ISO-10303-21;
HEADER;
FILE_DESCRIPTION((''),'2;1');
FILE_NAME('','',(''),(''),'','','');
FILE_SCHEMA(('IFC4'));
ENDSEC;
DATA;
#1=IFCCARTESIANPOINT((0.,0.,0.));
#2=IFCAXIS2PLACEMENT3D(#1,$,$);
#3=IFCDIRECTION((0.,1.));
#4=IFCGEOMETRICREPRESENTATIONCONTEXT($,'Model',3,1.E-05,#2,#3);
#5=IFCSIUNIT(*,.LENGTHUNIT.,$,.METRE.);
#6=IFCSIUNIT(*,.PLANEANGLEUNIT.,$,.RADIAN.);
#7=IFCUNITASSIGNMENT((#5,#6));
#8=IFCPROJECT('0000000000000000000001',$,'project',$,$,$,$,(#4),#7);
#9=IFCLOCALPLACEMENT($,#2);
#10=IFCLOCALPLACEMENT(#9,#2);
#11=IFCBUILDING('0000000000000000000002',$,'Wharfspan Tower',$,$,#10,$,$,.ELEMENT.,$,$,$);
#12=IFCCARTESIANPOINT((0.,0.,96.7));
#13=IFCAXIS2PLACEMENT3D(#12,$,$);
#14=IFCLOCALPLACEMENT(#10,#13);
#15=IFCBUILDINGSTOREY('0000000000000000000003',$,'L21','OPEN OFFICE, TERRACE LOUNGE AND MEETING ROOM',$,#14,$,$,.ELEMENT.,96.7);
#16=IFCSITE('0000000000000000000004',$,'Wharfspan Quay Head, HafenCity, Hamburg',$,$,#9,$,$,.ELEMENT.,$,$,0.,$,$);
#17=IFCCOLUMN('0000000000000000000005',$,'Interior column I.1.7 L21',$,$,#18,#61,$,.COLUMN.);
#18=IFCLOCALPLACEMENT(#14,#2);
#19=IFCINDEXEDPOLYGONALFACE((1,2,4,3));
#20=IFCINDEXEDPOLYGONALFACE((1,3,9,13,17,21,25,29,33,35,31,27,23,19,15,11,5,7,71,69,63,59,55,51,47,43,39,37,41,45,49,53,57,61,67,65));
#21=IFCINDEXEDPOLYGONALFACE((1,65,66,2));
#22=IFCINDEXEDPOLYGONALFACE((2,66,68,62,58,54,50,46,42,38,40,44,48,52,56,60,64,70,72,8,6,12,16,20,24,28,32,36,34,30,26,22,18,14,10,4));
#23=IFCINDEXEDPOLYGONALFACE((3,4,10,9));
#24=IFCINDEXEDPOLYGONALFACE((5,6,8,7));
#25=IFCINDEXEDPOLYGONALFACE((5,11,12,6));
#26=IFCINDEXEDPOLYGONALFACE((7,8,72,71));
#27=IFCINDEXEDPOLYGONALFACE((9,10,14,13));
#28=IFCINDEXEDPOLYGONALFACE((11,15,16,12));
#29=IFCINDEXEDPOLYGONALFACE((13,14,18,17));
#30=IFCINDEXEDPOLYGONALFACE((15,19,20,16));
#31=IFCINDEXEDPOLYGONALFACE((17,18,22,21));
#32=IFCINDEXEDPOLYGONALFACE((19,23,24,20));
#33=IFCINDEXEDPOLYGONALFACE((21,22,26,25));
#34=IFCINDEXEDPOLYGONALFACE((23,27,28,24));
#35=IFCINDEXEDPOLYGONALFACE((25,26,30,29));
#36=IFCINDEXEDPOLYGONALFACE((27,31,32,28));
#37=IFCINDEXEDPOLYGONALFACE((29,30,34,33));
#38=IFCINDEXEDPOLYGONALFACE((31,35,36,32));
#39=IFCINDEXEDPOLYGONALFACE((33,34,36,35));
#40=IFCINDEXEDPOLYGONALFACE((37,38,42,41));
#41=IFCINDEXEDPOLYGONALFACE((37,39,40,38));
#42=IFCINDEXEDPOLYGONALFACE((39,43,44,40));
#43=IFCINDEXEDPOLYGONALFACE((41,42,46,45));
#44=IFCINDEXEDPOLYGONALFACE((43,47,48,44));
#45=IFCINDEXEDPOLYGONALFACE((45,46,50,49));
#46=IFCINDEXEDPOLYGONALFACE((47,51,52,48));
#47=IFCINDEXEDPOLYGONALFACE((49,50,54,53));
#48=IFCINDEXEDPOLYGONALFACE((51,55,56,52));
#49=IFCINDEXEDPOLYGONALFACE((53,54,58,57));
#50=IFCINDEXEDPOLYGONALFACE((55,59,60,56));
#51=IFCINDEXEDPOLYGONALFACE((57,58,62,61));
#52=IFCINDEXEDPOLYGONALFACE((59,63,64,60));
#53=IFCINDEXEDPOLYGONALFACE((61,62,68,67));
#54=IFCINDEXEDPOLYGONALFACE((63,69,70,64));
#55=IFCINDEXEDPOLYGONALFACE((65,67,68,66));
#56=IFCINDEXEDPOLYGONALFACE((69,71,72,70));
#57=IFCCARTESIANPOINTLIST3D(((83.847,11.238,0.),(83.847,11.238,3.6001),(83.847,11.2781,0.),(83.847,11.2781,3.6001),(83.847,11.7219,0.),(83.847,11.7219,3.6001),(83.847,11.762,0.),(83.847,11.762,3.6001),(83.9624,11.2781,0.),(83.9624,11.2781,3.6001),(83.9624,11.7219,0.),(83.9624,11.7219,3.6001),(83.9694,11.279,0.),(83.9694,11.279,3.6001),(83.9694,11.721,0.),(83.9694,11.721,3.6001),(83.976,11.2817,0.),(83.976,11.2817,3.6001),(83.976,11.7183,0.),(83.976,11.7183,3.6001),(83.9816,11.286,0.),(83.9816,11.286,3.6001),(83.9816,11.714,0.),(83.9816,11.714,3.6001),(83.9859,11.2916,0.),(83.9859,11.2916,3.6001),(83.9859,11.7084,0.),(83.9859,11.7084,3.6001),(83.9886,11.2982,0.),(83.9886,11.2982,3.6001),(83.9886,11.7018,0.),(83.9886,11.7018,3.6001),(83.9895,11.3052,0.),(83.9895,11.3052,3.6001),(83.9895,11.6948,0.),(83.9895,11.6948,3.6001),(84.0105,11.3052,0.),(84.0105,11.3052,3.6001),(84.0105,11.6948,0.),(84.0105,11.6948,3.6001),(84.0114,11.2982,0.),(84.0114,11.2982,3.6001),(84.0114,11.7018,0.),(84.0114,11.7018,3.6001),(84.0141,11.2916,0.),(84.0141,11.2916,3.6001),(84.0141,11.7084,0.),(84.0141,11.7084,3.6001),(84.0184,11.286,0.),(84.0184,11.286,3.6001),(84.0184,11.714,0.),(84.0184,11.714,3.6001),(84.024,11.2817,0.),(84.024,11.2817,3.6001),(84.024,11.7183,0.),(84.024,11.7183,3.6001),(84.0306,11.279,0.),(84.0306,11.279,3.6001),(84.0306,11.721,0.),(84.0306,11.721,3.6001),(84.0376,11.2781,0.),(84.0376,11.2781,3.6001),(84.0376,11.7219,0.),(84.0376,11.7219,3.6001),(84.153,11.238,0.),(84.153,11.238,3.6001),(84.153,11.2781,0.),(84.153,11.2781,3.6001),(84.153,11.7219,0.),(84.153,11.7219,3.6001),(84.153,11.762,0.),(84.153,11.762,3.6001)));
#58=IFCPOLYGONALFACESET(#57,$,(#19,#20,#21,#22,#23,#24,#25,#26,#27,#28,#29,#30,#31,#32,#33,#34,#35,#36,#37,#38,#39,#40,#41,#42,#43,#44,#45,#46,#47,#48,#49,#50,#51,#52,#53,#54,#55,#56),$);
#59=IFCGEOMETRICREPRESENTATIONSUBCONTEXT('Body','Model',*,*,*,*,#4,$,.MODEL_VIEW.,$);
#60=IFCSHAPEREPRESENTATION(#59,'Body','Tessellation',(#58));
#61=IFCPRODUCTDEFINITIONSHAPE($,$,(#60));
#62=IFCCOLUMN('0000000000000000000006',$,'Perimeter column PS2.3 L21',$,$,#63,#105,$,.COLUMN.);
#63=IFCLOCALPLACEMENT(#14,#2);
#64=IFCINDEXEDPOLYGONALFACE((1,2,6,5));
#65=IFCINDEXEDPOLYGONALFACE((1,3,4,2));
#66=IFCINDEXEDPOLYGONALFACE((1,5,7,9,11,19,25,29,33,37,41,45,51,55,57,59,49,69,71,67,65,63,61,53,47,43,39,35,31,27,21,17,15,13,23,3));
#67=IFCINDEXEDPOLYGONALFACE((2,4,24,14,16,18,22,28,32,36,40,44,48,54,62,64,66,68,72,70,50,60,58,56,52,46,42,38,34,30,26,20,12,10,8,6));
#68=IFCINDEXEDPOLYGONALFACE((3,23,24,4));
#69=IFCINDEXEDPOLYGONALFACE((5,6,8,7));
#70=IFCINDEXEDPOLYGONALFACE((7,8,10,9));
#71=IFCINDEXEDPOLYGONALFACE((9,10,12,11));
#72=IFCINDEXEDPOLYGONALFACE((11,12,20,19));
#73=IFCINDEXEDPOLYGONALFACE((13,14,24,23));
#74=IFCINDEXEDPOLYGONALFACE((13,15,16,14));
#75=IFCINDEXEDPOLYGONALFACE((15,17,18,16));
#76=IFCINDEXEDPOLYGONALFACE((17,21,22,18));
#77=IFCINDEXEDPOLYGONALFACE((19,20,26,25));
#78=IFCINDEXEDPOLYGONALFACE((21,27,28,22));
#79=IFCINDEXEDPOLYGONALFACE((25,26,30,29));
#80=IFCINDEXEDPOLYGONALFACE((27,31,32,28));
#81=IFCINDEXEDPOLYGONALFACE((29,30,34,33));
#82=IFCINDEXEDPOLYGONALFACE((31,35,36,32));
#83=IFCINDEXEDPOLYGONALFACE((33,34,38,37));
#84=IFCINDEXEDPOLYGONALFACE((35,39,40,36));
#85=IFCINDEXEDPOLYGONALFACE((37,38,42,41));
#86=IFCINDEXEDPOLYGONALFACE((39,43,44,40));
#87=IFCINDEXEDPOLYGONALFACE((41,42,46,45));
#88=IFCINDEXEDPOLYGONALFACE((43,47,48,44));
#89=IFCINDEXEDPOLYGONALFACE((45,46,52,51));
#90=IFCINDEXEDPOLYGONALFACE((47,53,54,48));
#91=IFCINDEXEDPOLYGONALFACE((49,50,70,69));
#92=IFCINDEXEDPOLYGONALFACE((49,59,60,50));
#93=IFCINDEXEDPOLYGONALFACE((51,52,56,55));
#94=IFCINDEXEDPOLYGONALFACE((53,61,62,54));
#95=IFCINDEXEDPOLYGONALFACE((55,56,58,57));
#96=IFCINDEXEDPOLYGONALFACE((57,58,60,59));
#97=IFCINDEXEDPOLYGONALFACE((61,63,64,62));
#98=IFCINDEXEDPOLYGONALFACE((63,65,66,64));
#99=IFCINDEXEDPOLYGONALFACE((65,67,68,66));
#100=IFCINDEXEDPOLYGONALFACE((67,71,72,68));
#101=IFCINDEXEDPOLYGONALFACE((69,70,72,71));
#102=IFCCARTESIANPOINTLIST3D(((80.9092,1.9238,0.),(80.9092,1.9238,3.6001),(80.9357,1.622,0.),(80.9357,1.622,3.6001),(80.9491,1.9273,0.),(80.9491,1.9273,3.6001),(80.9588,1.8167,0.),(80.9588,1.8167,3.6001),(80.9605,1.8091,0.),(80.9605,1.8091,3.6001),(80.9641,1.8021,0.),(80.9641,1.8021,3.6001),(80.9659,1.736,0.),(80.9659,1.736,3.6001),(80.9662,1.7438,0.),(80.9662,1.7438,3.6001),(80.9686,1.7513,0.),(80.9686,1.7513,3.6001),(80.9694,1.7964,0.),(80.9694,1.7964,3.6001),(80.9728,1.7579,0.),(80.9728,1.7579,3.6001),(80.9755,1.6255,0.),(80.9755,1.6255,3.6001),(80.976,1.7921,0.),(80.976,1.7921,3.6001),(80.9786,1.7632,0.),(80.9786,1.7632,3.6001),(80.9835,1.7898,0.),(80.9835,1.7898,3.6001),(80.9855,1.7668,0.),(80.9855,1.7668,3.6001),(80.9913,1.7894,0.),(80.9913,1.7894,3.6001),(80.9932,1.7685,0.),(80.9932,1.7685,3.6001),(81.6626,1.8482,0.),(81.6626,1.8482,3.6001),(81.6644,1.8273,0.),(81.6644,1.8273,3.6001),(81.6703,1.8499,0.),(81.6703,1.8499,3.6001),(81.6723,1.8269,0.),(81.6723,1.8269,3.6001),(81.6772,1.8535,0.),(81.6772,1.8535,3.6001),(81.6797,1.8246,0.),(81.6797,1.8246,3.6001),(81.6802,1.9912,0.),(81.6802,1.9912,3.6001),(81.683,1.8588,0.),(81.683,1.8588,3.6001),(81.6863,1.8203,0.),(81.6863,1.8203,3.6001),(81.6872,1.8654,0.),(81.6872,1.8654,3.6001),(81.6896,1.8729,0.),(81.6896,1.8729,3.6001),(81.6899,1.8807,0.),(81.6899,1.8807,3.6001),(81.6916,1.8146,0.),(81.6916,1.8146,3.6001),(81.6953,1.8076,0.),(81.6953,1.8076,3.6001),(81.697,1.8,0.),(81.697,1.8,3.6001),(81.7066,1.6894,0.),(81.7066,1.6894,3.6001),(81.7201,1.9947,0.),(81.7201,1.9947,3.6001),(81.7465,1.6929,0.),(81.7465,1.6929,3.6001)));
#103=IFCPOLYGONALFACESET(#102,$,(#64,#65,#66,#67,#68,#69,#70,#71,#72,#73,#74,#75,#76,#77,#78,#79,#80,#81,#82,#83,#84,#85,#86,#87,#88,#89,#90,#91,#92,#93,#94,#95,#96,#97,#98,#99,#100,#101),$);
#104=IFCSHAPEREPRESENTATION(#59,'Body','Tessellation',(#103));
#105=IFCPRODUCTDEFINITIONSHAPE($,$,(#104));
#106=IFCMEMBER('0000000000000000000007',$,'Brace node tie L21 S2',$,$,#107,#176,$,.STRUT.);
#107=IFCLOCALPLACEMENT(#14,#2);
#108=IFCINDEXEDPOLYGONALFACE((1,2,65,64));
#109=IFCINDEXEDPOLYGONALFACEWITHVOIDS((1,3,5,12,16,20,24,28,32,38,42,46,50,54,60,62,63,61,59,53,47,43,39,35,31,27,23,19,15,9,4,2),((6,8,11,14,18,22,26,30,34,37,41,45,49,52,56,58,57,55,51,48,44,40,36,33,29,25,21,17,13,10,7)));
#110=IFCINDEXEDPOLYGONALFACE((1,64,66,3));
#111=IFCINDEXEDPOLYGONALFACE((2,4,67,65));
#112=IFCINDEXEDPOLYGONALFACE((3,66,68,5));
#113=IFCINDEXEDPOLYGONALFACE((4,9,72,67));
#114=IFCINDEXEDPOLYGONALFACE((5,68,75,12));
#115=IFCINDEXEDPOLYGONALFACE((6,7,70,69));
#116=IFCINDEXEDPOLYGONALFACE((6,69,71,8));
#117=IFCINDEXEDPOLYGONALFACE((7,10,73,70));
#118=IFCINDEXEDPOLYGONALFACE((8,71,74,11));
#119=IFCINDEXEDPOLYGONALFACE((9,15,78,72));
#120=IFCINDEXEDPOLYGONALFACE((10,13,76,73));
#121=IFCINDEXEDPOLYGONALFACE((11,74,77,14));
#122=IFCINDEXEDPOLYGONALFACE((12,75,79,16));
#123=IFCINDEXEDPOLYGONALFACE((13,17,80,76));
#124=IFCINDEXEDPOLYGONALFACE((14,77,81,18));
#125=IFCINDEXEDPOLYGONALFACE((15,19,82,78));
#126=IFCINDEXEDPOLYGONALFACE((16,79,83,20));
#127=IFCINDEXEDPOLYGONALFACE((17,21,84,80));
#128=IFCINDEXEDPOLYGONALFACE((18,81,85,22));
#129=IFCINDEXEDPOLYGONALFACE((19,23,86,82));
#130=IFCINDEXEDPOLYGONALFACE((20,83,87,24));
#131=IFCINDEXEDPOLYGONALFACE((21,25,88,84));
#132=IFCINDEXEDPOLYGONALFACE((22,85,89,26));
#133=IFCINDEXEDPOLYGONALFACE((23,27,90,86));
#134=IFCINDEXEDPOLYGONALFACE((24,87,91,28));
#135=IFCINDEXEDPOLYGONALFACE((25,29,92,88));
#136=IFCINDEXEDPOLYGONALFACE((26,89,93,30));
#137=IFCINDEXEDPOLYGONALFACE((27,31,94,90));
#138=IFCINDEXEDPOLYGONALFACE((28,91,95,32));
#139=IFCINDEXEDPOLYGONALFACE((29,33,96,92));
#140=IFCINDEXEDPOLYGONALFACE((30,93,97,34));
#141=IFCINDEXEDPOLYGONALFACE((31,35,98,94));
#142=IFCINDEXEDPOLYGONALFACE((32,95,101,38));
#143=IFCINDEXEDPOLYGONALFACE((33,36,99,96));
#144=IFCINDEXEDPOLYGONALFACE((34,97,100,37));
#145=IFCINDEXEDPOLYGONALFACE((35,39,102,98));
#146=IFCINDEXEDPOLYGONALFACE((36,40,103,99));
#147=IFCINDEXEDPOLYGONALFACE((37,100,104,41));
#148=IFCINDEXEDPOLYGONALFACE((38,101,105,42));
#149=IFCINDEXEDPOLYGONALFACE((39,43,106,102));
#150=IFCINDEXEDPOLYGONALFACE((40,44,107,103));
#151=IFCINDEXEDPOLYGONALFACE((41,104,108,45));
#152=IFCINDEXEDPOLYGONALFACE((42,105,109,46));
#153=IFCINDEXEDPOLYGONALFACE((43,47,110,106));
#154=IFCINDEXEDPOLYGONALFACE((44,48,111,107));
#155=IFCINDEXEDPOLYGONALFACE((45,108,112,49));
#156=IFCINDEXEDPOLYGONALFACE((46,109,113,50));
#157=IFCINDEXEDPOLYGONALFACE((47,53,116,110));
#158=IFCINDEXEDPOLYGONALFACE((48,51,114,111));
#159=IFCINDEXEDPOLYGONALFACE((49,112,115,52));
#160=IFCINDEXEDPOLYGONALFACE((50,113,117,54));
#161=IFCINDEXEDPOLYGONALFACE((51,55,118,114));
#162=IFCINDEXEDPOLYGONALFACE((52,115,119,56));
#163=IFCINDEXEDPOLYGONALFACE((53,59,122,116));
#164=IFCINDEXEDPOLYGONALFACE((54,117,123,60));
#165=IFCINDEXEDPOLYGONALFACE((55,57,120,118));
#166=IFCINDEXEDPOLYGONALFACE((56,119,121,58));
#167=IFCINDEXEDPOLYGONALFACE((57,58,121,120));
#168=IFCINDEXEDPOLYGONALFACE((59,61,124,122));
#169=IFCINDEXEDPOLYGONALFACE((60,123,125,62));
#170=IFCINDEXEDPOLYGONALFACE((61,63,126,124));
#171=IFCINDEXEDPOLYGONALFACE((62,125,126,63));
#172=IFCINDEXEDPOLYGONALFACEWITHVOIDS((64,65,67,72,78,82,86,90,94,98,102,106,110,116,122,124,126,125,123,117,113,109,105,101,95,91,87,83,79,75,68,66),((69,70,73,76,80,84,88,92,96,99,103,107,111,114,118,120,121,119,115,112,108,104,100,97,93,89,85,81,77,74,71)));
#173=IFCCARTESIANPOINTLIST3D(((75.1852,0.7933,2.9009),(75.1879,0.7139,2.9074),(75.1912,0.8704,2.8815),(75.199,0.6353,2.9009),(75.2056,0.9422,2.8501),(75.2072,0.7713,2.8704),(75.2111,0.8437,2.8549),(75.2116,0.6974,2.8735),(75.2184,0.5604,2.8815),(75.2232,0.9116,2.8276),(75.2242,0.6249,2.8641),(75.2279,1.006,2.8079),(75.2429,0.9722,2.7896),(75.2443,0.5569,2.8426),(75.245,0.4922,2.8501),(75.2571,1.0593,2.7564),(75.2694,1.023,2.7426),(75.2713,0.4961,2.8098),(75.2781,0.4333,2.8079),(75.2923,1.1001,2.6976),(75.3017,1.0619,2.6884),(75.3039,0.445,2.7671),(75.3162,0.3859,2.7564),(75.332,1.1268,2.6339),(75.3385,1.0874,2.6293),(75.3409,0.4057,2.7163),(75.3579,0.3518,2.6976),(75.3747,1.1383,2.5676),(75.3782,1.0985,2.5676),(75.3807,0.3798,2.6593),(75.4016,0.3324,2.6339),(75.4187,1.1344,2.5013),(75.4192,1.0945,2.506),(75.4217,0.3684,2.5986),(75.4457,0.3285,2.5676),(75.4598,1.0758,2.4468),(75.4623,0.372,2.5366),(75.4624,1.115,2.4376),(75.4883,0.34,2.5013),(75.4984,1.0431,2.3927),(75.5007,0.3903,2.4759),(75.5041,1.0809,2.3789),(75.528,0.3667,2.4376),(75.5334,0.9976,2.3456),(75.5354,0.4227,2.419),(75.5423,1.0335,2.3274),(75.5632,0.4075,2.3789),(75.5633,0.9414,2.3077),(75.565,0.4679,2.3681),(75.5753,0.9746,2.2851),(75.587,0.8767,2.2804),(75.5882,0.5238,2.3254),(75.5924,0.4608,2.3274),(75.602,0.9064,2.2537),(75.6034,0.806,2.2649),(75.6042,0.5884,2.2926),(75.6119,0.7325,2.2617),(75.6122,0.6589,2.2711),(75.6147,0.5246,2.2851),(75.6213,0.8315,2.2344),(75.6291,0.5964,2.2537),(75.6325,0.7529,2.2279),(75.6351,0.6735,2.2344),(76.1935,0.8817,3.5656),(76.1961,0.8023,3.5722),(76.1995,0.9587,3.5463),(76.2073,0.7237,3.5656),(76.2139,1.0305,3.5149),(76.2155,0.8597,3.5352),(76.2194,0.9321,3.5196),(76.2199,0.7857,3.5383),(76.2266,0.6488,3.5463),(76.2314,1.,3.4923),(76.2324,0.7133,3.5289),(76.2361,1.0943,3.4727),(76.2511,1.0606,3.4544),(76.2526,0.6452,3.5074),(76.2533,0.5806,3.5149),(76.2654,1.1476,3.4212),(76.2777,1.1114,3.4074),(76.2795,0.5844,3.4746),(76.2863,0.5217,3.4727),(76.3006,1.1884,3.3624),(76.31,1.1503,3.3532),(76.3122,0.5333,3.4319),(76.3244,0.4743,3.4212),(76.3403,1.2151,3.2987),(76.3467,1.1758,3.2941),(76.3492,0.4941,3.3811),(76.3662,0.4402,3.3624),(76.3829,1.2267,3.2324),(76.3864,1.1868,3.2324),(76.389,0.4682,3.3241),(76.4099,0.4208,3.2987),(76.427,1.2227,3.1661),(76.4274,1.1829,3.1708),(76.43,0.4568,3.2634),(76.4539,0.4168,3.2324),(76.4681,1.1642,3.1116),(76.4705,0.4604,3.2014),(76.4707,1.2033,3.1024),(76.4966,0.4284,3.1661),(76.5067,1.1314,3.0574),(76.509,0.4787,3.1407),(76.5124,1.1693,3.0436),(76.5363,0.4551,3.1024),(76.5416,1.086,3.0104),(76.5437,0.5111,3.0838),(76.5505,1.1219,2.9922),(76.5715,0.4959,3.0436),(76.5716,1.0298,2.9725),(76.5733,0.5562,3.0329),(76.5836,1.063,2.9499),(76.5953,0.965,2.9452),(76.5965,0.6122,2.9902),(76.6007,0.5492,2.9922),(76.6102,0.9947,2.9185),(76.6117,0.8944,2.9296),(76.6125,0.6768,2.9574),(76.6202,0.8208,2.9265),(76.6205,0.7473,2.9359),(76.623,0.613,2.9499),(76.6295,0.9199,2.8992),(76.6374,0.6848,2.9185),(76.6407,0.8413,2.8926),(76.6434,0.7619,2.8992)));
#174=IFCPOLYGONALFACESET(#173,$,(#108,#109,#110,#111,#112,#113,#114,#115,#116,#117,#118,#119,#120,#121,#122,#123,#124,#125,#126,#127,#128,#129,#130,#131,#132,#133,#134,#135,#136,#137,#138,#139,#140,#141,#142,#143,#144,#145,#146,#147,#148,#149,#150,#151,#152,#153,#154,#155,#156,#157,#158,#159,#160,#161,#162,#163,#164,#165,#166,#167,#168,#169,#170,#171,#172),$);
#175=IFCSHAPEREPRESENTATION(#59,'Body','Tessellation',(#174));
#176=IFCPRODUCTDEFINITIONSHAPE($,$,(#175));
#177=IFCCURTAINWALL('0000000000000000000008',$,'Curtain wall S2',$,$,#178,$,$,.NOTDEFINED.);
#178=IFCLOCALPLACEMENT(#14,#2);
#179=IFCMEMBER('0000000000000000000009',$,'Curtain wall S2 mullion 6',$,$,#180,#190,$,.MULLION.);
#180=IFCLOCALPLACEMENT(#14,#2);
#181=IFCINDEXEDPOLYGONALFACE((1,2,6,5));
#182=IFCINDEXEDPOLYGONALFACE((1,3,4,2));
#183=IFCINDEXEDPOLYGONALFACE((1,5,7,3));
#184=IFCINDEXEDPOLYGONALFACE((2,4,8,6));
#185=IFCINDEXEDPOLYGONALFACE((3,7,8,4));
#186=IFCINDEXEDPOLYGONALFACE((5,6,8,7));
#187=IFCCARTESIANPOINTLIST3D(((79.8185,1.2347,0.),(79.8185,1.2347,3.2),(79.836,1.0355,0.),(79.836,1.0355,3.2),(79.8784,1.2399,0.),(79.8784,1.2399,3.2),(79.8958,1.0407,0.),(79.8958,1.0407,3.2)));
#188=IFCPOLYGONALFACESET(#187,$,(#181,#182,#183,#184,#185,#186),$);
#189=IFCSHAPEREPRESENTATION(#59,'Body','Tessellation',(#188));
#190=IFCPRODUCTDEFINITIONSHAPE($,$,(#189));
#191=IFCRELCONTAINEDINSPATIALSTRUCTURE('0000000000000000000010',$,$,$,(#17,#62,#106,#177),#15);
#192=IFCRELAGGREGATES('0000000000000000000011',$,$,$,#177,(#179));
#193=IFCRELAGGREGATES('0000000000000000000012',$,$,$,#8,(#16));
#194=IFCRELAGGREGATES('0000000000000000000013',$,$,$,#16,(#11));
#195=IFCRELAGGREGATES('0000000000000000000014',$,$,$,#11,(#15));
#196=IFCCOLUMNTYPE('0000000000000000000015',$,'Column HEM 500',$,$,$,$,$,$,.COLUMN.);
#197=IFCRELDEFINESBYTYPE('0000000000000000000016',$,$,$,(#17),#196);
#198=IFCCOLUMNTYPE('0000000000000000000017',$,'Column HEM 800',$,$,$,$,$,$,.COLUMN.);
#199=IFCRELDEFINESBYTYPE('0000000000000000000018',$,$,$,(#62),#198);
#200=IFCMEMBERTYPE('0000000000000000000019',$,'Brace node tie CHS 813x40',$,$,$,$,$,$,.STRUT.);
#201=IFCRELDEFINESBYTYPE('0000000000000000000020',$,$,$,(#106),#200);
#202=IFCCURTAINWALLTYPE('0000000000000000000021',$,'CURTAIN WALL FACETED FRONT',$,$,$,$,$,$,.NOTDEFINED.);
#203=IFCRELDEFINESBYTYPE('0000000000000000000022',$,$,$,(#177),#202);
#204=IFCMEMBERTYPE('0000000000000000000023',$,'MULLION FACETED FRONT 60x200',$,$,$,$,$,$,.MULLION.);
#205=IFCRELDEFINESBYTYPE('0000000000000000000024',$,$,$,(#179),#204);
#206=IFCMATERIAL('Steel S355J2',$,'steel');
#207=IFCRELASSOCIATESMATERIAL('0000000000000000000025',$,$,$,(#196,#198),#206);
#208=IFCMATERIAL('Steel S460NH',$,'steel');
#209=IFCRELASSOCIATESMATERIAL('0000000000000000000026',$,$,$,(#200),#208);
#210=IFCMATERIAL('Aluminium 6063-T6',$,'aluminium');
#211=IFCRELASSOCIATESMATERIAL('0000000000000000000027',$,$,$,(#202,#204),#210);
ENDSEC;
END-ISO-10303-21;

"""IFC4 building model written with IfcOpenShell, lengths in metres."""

from ifc_helpers import new_model, si_unit, direction, frame, origin, origin_2d, place, context, subcontext, project, spatial, rectangle, hollow_circle, i_section, extrude, material, material_profile, profile_set, type_object, element, aggregate, save


model = new_model("IFC4")

# Units and contexts
model_context = context("Model", 3, precision=1e-05, world=origin(), true_north=direction((0.0, 1.0)))
body_context = subcontext(model_context, "Body", "Model", "MODEL_VIEW")
ifc_project = project(units=[si_unit("LENGTHUNIT", "METRE"), si_unit("PLANEANGLEUNIT", "RADIAN")], contexts=[model_context])

# Site, building, storey
site_placement = place(None, origin())
site = spatial("IfcSite", under=ifc_project, at=site_placement, Name="Wharfspan Quay Head, HafenCity, Hamburg", CompositionType="ELEMENT", RefElevation=0.0)
building_placement = place(site_placement, origin())
building = spatial("IfcBuilding", under=site, at=building_placement, Name="Wharfspan Tower", CompositionType="ELEMENT")
storey_placement = place(building_placement, frame((0.0, 0.0, 96.7)))
storey = spatial("IfcBuildingStorey", under=building, at=storey_placement, Name="L21", Description="OPEN OFFICE, TERRACE LOUNGE AND MEETING ROOM", CompositionType="ELEMENT", Elevation=96.7)

# Columns
ifc_material_1 = material(Name="Steel S355J2", Category="steel")
ifc_material_profile_1 = material_profile(ifc_material_1, i_section(OverallWidth=0.3059, OverallDepth=0.5239, WebThickness=0.021, FlangeThickness=0.04, FilletRadius=0.0271, at=origin_2d()))
ifc_profile_set_1 = profile_set([ifc_material_profile_1], Name="Steel S355J2")
column_type_1 = type_object("IfcColumnType", Name="Column HEM 500", PredefinedType="COLUMN", material=ifc_profile_set_1)
column_1_placement = place(storey_placement, frame((84.0, 11.5, 0.0), z_axis=(0.0, 0.0, 1.0), x_axis=(1.0, 0.0, 0.0)))
element("IfcColumn", 1, at=column_1_placement, inside=storey, type_object=column_type_1, Name="Interior column I.1.7 L21", PredefinedType="COLUMN", context=body_context, shape_type="SweptSolid", body=[
    extrude(i_section(OverallWidth=0.3059, OverallDepth=0.5239, WebThickness=0.021, FlangeThickness=0.04, FilletRadius=0.0271, at=origin_2d()), origin(), (0.0, 0.0, 1.0), 3.6001),
])
ifc_material_profile_2 = material_profile(ifc_material_1, i_section(OverallWidth=0.303, OverallDepth=0.814, WebThickness=0.021, FlangeThickness=0.04, FilletRadius=0.03, at=origin_2d()))
ifc_profile_set_2 = profile_set([ifc_material_profile_2], Name="Steel S355J2")
column_type_2 = type_object("IfcColumnType", Name="Column HEM 800", PredefinedType="COLUMN", material=ifc_profile_set_2)
column_2_placement = place(storey_placement, frame((81.3279, 1.8083, 0.0), z_axis=(0.0, 0.0, 1.0), x_axis=(0.087156, -0.996198, 0.0)))
element("IfcColumn", 2, at=column_2_placement, inside=storey, type_object=column_type_2, Name="Perimeter column PS2.3 L21", PredefinedType="COLUMN", context=body_context, shape_type="SweptSolid", body=[
    extrude(i_section(OverallWidth=0.303, OverallDepth=0.814, WebThickness=0.021, FlangeThickness=0.04, FilletRadius=0.03, at=origin_2d()), origin(), (0.0, 0.0, 1.0), 3.6001),
])

# Member
ifc_material_2 = material(Name="Steel S460NH", Category="steel")
ifc_material_profile_3 = material_profile(ifc_material_2, hollow_circle(Radius=0.4065, WallThickness=0.04, at=origin_2d()))
ifc_profile_set_3 = profile_set([ifc_material_profile_3], Name="Steel S460NH")
member_type_1 = type_object("IfcMemberType", Name="Brace node tie CHS 813x40", PredefinedType="STRUT", material=ifc_profile_set_3)
member_1_placement = place(storey_placement, frame((75.4102, 0.7334, 2.5676), z_axis=(0.832643, 0.072982, 0.54898), x_axis=(-0.087319, 0.996182, 0.000004)))
element("IfcMember", 3, at=member_1_placement, inside=storey, type_object=member_type_1, Name="Brace node tie L21 S2", PredefinedType="STRUT", context=body_context, shape_type="SweptSolid", body=[
    extrude(hollow_circle(Radius=0.4065, WallThickness=0.04, at=origin_2d()), origin(), (0.0, 0.0, 1.0), 1.2109),
])

# Curtain wall, member
ifc_material_3 = material(Name="Aluminium 6063-T6", Category="aluminium")
curtain_wall_type = type_object("IfcCurtainWallType", Name="CURTAIN WALL FACETED FRONT", PredefinedType="NOTDEFINED", material=ifc_material_3)
curtain_wall_placement = place(storey_placement, origin())
curtain_wall = element("IfcCurtainWall", 4, at=curtain_wall_placement, inside=storey, type_object=curtain_wall_type, Name="Curtain wall S2", PredefinedType="NOTDEFINED")
ifc_material_profile_4 = material_profile(ifc_material_3, rectangle(XDim=0.2, YDim=0.0601, at=origin_2d()))
ifc_profile_set_4 = profile_set([ifc_material_profile_4], Name="Aluminium 6063-T6")
member_type_2 = type_object("IfcMemberType", Name="MULLION FACETED FRONT 60x200", PredefinedType="MULLION", material=ifc_profile_set_4)
member_2_placement = place(storey_placement, frame((79.8572, 1.1377, 0.0), z_axis=(0.0, 0.0, 1.0), x_axis=(-0.087156, 0.996198, 0.0)))
member_2 = element("IfcMember", 5, at=member_2_placement, type_object=member_type_2, Name="Curtain wall S2 mullion 6", PredefinedType="MULLION", context=body_context, shape_type="SweptSolid", body=[
    extrude(rectangle(XDim=0.2, YDim=0.0601, at=origin_2d()), origin(), (0.0, 0.0, 1.0), 3.2),
])

aggregate(curtain_wall, [member_2])

save(model, "model.ifc")
